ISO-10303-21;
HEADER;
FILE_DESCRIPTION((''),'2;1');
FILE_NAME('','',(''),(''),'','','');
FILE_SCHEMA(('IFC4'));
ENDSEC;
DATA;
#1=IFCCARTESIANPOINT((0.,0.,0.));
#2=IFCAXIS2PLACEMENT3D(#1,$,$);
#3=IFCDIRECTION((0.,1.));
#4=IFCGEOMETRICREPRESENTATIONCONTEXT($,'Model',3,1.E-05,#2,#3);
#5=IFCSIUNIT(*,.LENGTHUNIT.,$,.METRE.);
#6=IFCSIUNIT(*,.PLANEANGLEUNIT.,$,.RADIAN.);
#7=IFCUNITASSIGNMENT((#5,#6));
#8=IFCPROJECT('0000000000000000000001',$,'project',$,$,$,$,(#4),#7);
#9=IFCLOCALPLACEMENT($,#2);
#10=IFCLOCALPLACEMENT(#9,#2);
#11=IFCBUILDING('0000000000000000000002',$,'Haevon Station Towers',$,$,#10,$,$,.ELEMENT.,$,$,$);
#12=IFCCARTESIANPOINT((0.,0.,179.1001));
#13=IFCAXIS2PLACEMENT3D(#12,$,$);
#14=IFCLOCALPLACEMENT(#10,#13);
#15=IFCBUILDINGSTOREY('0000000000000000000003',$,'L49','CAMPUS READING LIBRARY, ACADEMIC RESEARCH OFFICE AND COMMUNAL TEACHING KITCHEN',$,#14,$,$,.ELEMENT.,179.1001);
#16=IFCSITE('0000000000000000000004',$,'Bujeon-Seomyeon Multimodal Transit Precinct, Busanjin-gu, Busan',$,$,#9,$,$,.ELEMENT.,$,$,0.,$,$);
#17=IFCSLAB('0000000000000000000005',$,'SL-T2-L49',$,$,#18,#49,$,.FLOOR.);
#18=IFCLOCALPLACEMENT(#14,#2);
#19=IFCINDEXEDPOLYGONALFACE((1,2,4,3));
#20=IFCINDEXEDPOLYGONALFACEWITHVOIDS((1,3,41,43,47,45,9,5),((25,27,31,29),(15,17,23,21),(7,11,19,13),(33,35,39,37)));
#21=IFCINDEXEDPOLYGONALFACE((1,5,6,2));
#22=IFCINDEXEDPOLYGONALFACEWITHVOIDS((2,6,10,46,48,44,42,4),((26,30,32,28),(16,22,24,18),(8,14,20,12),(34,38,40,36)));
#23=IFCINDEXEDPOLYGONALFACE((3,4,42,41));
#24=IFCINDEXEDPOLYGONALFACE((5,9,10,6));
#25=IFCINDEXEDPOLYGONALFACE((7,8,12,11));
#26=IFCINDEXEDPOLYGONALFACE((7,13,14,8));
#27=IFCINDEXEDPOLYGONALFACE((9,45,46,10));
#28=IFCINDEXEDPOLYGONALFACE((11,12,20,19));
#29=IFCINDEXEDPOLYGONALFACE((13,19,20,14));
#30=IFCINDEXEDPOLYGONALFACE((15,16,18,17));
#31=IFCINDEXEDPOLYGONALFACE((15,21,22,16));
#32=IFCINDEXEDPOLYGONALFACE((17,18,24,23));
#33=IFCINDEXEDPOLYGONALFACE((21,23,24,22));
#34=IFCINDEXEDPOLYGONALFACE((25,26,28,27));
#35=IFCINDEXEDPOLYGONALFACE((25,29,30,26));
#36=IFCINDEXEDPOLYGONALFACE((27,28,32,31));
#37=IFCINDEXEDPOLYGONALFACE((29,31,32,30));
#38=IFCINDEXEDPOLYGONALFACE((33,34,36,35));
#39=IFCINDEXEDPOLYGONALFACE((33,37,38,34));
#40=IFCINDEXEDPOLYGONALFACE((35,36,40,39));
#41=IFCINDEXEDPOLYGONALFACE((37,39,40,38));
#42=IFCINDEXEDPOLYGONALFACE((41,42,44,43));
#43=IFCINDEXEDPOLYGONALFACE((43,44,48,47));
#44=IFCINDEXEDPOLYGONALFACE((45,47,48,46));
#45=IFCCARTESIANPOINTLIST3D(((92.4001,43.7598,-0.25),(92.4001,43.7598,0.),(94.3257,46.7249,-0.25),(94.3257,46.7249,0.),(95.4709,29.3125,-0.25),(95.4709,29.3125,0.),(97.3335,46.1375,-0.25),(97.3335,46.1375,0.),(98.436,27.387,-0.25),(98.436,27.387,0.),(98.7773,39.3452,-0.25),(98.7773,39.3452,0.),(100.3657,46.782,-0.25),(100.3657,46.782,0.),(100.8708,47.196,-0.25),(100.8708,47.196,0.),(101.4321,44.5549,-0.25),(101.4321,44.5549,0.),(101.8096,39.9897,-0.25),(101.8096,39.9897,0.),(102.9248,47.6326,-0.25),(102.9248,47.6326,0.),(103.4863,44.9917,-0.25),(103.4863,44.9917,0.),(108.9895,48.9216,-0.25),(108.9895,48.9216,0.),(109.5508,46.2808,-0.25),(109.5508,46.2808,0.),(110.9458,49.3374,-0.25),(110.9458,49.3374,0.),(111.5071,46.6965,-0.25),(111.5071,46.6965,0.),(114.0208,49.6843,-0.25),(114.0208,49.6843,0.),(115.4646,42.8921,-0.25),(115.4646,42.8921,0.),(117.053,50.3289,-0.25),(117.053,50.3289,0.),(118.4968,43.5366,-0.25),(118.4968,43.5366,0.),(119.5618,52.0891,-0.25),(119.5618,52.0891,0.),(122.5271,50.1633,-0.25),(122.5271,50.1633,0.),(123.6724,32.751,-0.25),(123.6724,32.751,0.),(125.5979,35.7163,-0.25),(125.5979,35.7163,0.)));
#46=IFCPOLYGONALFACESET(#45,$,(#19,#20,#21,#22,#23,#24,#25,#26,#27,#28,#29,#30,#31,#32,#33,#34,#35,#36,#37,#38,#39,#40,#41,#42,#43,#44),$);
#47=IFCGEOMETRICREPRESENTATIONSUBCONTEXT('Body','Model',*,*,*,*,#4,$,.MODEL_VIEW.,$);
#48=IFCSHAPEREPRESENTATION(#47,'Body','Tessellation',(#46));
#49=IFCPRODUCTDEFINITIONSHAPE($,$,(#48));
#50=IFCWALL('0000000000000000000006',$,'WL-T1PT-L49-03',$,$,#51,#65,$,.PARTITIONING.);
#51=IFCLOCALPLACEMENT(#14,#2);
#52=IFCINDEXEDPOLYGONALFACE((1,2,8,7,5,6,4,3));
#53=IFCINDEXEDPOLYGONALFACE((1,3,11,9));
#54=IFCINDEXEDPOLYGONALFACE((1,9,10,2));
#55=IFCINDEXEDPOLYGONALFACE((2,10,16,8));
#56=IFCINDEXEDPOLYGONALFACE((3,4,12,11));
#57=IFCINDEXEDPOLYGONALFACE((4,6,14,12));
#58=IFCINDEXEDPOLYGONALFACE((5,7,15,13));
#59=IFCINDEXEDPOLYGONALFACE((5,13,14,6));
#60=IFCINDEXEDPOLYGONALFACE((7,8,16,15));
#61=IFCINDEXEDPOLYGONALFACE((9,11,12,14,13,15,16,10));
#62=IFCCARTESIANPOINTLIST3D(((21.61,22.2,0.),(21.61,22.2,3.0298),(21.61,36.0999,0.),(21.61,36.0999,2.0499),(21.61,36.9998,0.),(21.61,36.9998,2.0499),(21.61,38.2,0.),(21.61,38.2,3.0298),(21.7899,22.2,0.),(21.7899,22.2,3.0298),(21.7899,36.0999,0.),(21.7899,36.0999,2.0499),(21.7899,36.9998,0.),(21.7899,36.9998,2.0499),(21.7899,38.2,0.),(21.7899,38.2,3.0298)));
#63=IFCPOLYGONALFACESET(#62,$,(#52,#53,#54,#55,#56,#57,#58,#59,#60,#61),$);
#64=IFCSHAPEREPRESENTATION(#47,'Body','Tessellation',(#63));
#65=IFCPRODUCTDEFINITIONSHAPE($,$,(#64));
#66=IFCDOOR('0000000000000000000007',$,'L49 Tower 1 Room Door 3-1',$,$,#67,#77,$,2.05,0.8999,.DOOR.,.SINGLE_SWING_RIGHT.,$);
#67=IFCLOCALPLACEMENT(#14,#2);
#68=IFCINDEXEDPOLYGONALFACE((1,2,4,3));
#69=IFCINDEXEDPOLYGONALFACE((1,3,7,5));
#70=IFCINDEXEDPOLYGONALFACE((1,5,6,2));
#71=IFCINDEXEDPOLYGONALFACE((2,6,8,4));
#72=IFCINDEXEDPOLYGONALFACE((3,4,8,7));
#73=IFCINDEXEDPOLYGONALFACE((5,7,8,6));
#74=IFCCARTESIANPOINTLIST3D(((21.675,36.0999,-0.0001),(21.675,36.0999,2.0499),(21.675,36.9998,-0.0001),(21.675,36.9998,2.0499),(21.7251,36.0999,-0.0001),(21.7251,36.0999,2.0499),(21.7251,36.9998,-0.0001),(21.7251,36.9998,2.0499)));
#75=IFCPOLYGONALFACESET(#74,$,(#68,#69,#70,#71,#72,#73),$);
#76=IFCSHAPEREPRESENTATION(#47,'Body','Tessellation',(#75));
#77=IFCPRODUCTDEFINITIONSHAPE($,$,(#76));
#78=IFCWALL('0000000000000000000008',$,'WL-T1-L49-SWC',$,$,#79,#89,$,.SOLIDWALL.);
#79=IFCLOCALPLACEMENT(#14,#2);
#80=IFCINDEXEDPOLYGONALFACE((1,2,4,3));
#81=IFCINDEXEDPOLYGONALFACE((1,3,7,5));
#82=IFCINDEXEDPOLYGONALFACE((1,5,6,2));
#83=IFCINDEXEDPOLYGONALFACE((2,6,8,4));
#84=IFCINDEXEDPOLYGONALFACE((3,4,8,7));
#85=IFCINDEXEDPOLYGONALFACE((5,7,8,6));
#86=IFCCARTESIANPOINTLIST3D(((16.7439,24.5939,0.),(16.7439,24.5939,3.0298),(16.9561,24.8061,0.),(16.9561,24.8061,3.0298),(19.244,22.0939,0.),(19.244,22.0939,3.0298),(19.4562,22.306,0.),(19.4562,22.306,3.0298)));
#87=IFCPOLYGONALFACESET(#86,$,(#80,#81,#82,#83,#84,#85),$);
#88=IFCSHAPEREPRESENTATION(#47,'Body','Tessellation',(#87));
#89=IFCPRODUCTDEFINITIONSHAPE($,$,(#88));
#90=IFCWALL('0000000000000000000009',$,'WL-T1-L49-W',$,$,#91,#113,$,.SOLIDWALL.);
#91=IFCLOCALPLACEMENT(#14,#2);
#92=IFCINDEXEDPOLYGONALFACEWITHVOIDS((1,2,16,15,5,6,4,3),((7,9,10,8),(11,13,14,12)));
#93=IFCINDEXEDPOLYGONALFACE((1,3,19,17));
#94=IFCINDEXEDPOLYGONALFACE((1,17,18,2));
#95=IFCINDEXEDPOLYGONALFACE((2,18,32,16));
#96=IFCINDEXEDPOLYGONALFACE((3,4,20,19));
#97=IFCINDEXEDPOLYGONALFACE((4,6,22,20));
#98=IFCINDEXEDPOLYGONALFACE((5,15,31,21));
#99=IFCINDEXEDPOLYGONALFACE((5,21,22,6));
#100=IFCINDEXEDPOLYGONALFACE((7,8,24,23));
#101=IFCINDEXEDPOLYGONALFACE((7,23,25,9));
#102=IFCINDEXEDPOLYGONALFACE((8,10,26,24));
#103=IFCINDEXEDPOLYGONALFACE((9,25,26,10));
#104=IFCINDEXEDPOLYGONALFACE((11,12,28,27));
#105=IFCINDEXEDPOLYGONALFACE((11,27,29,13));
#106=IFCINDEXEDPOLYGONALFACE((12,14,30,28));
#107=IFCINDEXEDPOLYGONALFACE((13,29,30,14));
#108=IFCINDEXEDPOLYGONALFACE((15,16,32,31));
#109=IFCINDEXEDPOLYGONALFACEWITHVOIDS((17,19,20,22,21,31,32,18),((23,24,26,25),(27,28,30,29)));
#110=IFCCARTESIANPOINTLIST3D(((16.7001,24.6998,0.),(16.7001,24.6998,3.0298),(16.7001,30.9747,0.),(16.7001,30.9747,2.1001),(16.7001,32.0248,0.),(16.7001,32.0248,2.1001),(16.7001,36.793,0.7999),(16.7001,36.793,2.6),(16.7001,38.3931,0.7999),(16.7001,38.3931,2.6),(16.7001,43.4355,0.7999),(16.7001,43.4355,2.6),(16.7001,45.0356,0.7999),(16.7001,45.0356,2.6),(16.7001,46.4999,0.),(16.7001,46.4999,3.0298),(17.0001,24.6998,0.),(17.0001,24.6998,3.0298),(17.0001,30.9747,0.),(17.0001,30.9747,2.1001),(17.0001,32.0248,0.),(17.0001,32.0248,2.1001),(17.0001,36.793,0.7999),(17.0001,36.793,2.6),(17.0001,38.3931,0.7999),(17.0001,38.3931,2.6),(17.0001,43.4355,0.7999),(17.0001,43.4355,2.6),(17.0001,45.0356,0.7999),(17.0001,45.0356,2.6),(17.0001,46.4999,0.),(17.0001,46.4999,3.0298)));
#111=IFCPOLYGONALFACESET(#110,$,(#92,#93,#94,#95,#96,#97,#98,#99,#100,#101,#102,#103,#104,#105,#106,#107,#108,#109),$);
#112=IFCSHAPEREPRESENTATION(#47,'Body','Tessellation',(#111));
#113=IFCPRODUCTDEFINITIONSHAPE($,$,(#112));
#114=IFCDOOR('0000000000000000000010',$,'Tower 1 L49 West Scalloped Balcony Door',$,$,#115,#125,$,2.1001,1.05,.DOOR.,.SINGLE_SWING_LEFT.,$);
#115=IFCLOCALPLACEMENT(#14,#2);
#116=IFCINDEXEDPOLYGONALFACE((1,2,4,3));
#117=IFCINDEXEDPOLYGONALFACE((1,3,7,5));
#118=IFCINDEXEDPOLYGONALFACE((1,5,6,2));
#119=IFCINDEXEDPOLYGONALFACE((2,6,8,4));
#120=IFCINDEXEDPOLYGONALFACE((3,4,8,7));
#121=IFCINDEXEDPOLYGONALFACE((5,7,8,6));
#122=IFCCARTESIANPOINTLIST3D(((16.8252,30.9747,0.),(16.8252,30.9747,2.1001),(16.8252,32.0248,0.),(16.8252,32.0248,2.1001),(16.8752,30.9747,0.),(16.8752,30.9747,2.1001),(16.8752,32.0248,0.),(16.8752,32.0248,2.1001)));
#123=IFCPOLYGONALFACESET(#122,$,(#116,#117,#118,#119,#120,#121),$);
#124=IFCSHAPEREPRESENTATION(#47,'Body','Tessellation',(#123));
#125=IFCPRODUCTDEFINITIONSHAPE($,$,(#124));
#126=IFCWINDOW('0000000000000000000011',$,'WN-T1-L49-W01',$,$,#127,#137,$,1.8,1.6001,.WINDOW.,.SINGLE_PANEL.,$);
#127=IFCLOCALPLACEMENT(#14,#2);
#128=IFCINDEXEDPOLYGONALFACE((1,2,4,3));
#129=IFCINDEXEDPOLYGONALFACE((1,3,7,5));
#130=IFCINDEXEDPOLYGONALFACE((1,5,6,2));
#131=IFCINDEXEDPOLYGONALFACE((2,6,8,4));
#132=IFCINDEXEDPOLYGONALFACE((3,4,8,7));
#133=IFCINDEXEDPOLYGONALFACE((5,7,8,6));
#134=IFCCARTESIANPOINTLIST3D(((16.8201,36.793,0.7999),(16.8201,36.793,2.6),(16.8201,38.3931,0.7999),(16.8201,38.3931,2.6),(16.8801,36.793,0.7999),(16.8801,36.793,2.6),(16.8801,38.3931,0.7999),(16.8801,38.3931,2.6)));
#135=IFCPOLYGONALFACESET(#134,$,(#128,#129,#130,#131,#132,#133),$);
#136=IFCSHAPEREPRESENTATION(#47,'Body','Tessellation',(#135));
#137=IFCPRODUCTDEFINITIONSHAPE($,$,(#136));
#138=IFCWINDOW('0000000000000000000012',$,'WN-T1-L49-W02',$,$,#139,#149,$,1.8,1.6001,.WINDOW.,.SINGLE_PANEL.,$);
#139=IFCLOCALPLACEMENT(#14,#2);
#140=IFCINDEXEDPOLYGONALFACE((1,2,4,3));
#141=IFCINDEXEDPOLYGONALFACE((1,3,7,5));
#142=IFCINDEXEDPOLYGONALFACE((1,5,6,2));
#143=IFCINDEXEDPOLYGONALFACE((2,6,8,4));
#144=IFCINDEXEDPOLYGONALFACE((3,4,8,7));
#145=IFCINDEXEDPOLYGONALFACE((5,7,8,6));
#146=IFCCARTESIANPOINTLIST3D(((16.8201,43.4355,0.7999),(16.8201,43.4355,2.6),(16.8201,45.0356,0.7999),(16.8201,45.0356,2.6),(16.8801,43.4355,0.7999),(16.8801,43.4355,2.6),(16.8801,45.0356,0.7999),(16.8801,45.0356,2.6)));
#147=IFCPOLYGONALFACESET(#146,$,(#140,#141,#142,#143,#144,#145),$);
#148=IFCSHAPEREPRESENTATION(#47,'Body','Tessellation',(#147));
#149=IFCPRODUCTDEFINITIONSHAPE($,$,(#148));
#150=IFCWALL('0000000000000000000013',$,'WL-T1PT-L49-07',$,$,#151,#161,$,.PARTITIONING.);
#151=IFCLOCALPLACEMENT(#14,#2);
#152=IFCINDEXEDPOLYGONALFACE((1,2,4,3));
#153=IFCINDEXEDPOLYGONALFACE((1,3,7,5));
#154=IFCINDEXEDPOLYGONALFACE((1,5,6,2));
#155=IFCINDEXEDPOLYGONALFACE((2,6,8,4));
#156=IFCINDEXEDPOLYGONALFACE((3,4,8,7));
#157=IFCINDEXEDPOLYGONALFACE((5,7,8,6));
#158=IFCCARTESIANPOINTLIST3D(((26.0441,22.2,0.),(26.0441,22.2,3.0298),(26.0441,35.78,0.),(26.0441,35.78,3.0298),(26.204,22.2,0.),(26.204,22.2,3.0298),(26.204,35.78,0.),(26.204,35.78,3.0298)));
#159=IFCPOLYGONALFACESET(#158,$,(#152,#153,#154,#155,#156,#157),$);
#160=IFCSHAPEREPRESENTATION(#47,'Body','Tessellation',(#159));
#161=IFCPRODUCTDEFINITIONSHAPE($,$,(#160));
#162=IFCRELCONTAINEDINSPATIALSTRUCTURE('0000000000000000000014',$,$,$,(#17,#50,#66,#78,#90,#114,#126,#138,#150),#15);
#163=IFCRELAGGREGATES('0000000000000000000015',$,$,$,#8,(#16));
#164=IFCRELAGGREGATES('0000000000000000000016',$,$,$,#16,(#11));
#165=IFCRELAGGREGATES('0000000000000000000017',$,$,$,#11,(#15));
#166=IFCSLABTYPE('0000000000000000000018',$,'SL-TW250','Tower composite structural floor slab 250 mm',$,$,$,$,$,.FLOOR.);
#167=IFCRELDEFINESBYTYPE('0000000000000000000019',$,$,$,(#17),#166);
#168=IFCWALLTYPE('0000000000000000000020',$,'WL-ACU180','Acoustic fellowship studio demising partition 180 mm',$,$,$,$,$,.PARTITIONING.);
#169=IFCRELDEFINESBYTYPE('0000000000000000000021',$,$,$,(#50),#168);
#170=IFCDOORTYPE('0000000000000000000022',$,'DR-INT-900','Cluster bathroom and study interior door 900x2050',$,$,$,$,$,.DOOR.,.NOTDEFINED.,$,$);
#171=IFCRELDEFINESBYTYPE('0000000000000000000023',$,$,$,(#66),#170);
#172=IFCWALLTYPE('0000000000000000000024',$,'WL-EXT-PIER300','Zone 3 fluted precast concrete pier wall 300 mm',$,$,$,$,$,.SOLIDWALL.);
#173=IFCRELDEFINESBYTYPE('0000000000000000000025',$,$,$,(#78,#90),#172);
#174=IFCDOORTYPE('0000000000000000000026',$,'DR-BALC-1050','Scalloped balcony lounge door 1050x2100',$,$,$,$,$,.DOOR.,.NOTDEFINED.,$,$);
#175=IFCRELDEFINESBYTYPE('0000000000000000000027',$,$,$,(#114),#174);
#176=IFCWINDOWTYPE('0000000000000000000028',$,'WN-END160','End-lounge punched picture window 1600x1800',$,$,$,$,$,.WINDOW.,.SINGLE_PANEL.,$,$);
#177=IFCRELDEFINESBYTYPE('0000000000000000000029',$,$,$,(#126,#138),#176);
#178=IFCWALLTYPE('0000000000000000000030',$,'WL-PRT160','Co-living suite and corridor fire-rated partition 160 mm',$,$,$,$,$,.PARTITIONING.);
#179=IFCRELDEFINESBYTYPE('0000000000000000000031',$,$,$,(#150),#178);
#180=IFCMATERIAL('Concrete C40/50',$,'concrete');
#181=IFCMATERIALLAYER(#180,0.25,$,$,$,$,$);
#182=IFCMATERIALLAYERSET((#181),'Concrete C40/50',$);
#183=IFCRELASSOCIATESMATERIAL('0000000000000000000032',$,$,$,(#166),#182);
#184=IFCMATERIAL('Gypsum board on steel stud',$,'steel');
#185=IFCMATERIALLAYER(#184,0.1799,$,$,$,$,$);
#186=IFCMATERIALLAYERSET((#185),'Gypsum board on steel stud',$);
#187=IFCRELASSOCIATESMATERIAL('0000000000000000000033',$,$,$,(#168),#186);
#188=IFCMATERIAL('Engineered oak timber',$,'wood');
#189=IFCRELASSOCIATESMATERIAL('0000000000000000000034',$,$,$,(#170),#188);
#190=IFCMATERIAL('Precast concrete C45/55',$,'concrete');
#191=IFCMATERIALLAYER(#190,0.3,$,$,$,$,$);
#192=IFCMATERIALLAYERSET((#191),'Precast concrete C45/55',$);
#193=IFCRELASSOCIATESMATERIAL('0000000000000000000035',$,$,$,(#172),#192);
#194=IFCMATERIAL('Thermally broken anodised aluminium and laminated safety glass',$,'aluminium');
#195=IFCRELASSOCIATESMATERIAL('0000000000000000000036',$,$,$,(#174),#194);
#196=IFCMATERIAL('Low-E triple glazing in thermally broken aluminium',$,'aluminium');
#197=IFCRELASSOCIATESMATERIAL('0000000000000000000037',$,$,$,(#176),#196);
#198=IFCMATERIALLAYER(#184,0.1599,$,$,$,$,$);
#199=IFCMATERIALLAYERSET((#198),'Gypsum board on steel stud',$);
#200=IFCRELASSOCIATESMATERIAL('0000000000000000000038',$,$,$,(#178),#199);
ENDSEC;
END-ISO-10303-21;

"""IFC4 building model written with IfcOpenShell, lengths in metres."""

from ifc_helpers import new_model, si_unit, direction, frame, frame_2d, origin, place, context, subcontext, project, spatial, polyline, rectangle, outline, extrude, material, layer, layer_set, type_object, element, fill, save


model = new_model("IFC4")

# Units and contexts
model_context = context("Model", 3, precision=1e-05, world=origin(), true_north=direction((0.0, 1.0)))
body_context = subcontext(model_context, "Body", "Model", "MODEL_VIEW")
ifc_project = project(units=[si_unit("LENGTHUNIT", "METRE"), si_unit("PLANEANGLEUNIT", "RADIAN")], contexts=[model_context])

# Site, building, storey
site_placement = place(None, origin())
site = spatial("IfcSite", under=ifc_project, at=site_placement, Name="Bujeon-Seomyeon Multimodal Transit Precinct, Busanjin-gu, Busan", CompositionType="ELEMENT", RefElevation=0.0)
building_placement = place(site_placement, origin())
building = spatial("IfcBuilding", under=site, at=building_placement, Name="Haevon Station Towers", CompositionType="ELEMENT")
storey_placement = place(building_placement, frame((0.0, 0.0, 179.1001)))
storey = spatial("IfcBuildingStorey", under=building, at=storey_placement, Name="L49", Description="CAMPUS READING LIBRARY, ACADEMIC RESEARCH OFFICE AND COMMUNAL TEACHING KITCHEN", CompositionType="ELEMENT", Elevation=179.1001)

# Shared definitions
ifc_material_1 = material(Name="Concrete C40/50", Category="concrete")

# Slab
ifc_layer_1 = layer(ifc_material_1, 0.25)
ifc_layer_set_1 = layer_set([ifc_layer_1], Name="Concrete C40/50")
slab_type_1 = type_object("IfcSlabType", Name="SL-TW250", Description="Tower composite structural floor slab 250 mm", PredefinedType="FLOOR", material=ifc_layer_set_1)
slab_1_placement = place(storey_placement, frame((0.0, 0.0, -0.25)))
element("IfcSlab", 1, at=slab_1_placement, inside=storey, type_object=slab_type_1, Name="SL-T2-L49", PredefinedType="FLOOR", context=body_context, shape_type="SweptSolid", body=[
    extrude(outline(polyline([(98.436, 27.387), (123.6724, 32.751), (125.5979, 35.7163), (122.5271, 50.1633), (119.5618, 52.0891), (94.3257, 46.7249), (92.4001, 43.7598), (95.4709, 29.3125), (98.436, 27.387)]), holes=[polyline([(101.8096, 39.9897), (100.3657, 46.782), (97.3335, 46.1375), (98.7773, 39.3452), (101.8096, 39.9897)]), polyline([(118.4968, 43.5366), (117.053, 50.3289), (114.0208, 49.6843), (115.4646, 42.8921), (118.4968, 43.5366)]), polyline([(101.4321, 44.5549), (103.4863, 44.9917), (102.9248, 47.6326), (100.8708, 47.196), (101.4321, 44.5549)]), polyline([(109.5508, 46.2808), (111.5071, 46.6965), (110.9458, 49.3374), (108.9895, 48.9216), (109.5508, 46.2808)])]), origin(), (0.0, 0.0, 1.0), 0.25),
])

# Wall, opening, door
ifc_material_2 = material(Name="Gypsum board on steel stud", Category="steel")
ifc_layer_2 = layer(ifc_material_2, 0.1799)
ifc_layer_set_2 = layer_set([ifc_layer_2], Name="Gypsum board on steel stud")
wall_type_1 = type_object("IfcWallType", Name="WL-ACU180", Description="Acoustic fellowship studio demising partition 180 mm", PredefinedType="PARTITIONING", material=ifc_layer_set_2)
wall_1_placement = place(storey_placement, frame((21.7, 22.2, 0.0), z_axis=(0.0, 0.0, 1.0), x_axis=(0.0, 1.0, 0.0)))
wall_1 = element("IfcWall", 2, at=wall_1_placement, inside=storey, type_object=wall_type_1, Name="WL-T1PT-L49-03", PredefinedType="PARTITIONING", context=body_context, shape_type="SweptSolid", body=[
    extrude(rectangle(XDim=16.0, YDim=0.1799, at=frame_2d((8.0, 0.0))), origin(), (0.0, 0.0, 1.0), 3.0298),
])
opening_1_placement = place(wall_1_placement, frame((13.8999, 0.0, 0.0)))
opening_1 = element("IfcOpeningElement", 3, at=opening_1_placement, cuts=wall_1, PredefinedType="OPENING", context=body_context, shape_type="SweptSolid", body=[
    extrude(rectangle(XDim=0.8999, YDim=2.05, at=frame_2d((0.45, 1.0249))), frame((0.0, 0.0999, 0.0), z_axis=(0.0, -1.0, 0.0), x_axis=(1.0, 0.0, 0.0)), (0.0, 0.0, 1.0), 0.2),
])
ifc_material_3 = material(Name="Engineered oak timber", Category="wood")
door_type_1 = type_object("IfcDoorType", Name="DR-INT-900", Description="Cluster bathroom and study interior door 900x2050", OperationType="NOTDEFINED", PredefinedType="DOOR", material=ifc_material_3)
door_1_placement = place(opening_1_placement, origin())
door_1 = element("IfcDoor", 4, at=door_1_placement, inside=storey, type_object=door_type_1, Name="L49 Tower 1 Room Door 3-1", OperationType="SINGLE_SWING_RIGHT", OverallHeight=2.05, OverallWidth=0.8999, PredefinedType="DOOR", context=body_context, shape_type="SweptSolid", body=[
    extrude(rectangle(XDim=0.8999, YDim=2.05, at=frame_2d((0.45, 1.0249))), frame((0.0, 0.0249, 0.0), z_axis=(0.0, -1.0, 0.0), x_axis=(1.0, 0.0, 0.0)), (0.0, 0.0, 1.0), 0.05),
])
fill(opening_1, door_1)

# Wall
ifc_material_4 = material(Name="Precast concrete C45/55", Category="concrete")
ifc_layer_3 = layer(ifc_material_4, 0.3)
ifc_layer_set_3 = layer_set([ifc_layer_3], Name="Precast concrete C45/55")
wall_type_2 = type_object("IfcWallType", Name="WL-EXT-PIER300", Description="Zone 3 fluted precast concrete pier wall 300 mm", PredefinedType="SOLIDWALL", material=ifc_layer_set_3)
wall_2_placement = place(storey_placement, frame((19.3501, 22.2, 0.0), z_axis=(0.0, 0.0, 1.0), x_axis=(-0.707107, 0.707107, 0.0)))
element("IfcWall", 5, at=wall_2_placement, inside=storey, type_object=wall_type_2, Name="WL-T1-L49-SWC", PredefinedType="SOLIDWALL", context=body_context, shape_type="SweptSolid", body=[
    extrude(rectangle(XDim=3.5356, YDim=0.3, at=frame_2d((1.7678, 0.0))), origin(), (0.0, 0.0, 1.0), 3.0298),
])

# Wall, openings, door, windows
wall_3_placement = place(storey_placement, frame((16.8501, 24.7, 0.0), z_axis=(0.0, 0.0, 1.0), x_axis=(0.0, 1.0, 0.0)))
wall_3 = element("IfcWall", 6, at=wall_3_placement, inside=storey, type_object=wall_type_2, Name="WL-T1-L49-W", PredefinedType="SOLIDWALL", context=body_context, shape_type="SweptSolid", body=[
    extrude(rectangle(XDim=21.8, YDim=0.3, at=frame_2d((10.8999, 0.0))), origin(), (0.0, 0.0, 1.0), 3.0298),
])
opening_2_placement = place(wall_3_placement, frame((6.2749, 0.0, 0.0)))
opening_2 = element("IfcOpeningElement", 7, at=opening_2_placement, cuts=wall_3, PredefinedType="OPENING", context=body_context, shape_type="SweptSolid", body=[
    extrude(rectangle(XDim=1.05, YDim=2.1001, at=frame_2d((0.5249, 1.05))), frame((0.0, 0.1599, 0.0), z_axis=(0.0, -1.0, 0.0), x_axis=(1.0, 0.0, 0.0)), (0.0, 0.0, 1.0), 0.3201),
])
opening_3_placement = place(wall_3_placement, frame((12.093, 0.0, 0.8)))
opening_3 = element("IfcOpeningElement", 8, at=opening_3_placement, cuts=wall_3, PredefinedType="OPENING", context=body_context, shape_type="SweptSolid", body=[
    extrude(rectangle(XDim=1.6001, YDim=1.8, at=frame_2d((0.8, 0.8999))), frame((0.0, 0.1599, 0.0), z_axis=(0.0, -1.0, 0.0), x_axis=(1.0, 0.0, 0.0)), (0.0, 0.0, 1.0), 0.3201),
])
opening_4_placement = place(wall_3_placement, frame((18.7356, 0.0, 0.8)))
opening_4 = element("IfcOpeningElement", 9, at=opening_4_placement, cuts=wall_3, PredefinedType="OPENING", context=body_context, shape_type="SweptSolid", body=[
    extrude(rectangle(XDim=1.6001, YDim=1.8, at=frame_2d((0.8, 0.8999))), frame((0.0, 0.1599, 0.0), z_axis=(0.0, -1.0, 0.0), x_axis=(1.0, 0.0, 0.0)), (0.0, 0.0, 1.0), 0.3201),
])
ifc_material_5 = material(Name="Thermally broken anodised aluminium and laminated safety glass", Category="aluminium")
door_type_2 = type_object("IfcDoorType", Name="DR-BALC-1050", Description="Scalloped balcony lounge door 1050x2100", OperationType="NOTDEFINED", PredefinedType="DOOR", material=ifc_material_5)
door_2_placement = place(opening_2_placement, origin())
door_2 = element("IfcDoor", 10, at=door_2_placement, inside=storey, type_object=door_type_2, Name="Tower 1 L49 West Scalloped Balcony Door", OperationType="SINGLE_SWING_LEFT", OverallHeight=2.1001, OverallWidth=1.05, PredefinedType="DOOR", context=body_context, shape_type="SweptSolid", body=[
    extrude(rectangle(XDim=1.05, YDim=2.1001, at=frame_2d((0.5249, 1.05))), frame((0.0, 0.0249, 0.0), z_axis=(0.0, -1.0, 0.0), x_axis=(1.0, 0.0, 0.0)), (0.0, 0.0, 1.0), 0.05),
])
fill(opening_2, door_2)
ifc_material_6 = material(Name="Low-E triple glazing in thermally broken aluminium", Category="aluminium")
window_type = type_object("IfcWindowType", Name="WN-END160", Description="End-lounge punched picture window 1600x1800", PartitioningType="SINGLE_PANEL", PredefinedType="WINDOW", material=ifc_material_6)
window_1_placement = place(opening_3_placement, origin())
window_1 = element("IfcWindow", 11, at=window_1_placement, inside=storey, type_object=window_type, Name="WN-T1-L49-W01", OverallHeight=1.8, OverallWidth=1.6001, PartitioningType="SINGLE_PANEL", PredefinedType="WINDOW", context=body_context, shape_type="SweptSolid", body=[
    extrude(rectangle(XDim=1.6001, YDim=1.8, at=frame_2d((0.8, 0.8999))), frame((0.0, 0.03, 0.0), z_axis=(0.0, -1.0, 0.0), x_axis=(1.0, 0.0, 0.0)), (0.0, 0.0, 1.0), 0.0601),
])
fill(opening_3, window_1)
window_2_placement = place(opening_4_placement, origin())
window_2 = element("IfcWindow", 12, at=window_2_placement, inside=storey, type_object=window_type, Name="WN-T1-L49-W02", OverallHeight=1.8, OverallWidth=1.6001, PartitioningType="SINGLE_PANEL", PredefinedType="WINDOW", context=body_context, shape_type="SweptSolid", body=[
    extrude(rectangle(XDim=1.6001, YDim=1.8, at=frame_2d((0.8, 0.8999))), frame((0.0, 0.03, 0.0), z_axis=(0.0, -1.0, 0.0), x_axis=(1.0, 0.0, 0.0)), (0.0, 0.0, 1.0), 0.0601),
])
fill(opening_4, window_2)

# Wall
ifc_layer_4 = layer(ifc_material_2, 0.1599)
ifc_layer_set_4 = layer_set([ifc_layer_4], Name="Gypsum board on steel stud")
wall_type_3 = type_object("IfcWallType", Name="WL-PRT160", Description="Co-living suite and corridor fire-rated partition 160 mm", PredefinedType="PARTITIONING", material=ifc_layer_set_4)
wall_4_placement = place(storey_placement, frame((26.124, 22.2, 0.0), z_axis=(0.0, 0.0, 1.0), x_axis=(0.0, 1.0, 0.0)))
element("IfcWall", 13, at=wall_4_placement, inside=storey, type_object=wall_type_3, Name="WL-T1PT-L49-07", PredefinedType="PARTITIONING", context=body_context, shape_type="SweptSolid", body=[
    extrude(rectangle(XDim=13.5801, YDim=0.1599, at=frame_2d((6.79, 0.0))), origin(), (0.0, 0.0, 1.0), 3.0298),
])

save(model, "model.ifc")
